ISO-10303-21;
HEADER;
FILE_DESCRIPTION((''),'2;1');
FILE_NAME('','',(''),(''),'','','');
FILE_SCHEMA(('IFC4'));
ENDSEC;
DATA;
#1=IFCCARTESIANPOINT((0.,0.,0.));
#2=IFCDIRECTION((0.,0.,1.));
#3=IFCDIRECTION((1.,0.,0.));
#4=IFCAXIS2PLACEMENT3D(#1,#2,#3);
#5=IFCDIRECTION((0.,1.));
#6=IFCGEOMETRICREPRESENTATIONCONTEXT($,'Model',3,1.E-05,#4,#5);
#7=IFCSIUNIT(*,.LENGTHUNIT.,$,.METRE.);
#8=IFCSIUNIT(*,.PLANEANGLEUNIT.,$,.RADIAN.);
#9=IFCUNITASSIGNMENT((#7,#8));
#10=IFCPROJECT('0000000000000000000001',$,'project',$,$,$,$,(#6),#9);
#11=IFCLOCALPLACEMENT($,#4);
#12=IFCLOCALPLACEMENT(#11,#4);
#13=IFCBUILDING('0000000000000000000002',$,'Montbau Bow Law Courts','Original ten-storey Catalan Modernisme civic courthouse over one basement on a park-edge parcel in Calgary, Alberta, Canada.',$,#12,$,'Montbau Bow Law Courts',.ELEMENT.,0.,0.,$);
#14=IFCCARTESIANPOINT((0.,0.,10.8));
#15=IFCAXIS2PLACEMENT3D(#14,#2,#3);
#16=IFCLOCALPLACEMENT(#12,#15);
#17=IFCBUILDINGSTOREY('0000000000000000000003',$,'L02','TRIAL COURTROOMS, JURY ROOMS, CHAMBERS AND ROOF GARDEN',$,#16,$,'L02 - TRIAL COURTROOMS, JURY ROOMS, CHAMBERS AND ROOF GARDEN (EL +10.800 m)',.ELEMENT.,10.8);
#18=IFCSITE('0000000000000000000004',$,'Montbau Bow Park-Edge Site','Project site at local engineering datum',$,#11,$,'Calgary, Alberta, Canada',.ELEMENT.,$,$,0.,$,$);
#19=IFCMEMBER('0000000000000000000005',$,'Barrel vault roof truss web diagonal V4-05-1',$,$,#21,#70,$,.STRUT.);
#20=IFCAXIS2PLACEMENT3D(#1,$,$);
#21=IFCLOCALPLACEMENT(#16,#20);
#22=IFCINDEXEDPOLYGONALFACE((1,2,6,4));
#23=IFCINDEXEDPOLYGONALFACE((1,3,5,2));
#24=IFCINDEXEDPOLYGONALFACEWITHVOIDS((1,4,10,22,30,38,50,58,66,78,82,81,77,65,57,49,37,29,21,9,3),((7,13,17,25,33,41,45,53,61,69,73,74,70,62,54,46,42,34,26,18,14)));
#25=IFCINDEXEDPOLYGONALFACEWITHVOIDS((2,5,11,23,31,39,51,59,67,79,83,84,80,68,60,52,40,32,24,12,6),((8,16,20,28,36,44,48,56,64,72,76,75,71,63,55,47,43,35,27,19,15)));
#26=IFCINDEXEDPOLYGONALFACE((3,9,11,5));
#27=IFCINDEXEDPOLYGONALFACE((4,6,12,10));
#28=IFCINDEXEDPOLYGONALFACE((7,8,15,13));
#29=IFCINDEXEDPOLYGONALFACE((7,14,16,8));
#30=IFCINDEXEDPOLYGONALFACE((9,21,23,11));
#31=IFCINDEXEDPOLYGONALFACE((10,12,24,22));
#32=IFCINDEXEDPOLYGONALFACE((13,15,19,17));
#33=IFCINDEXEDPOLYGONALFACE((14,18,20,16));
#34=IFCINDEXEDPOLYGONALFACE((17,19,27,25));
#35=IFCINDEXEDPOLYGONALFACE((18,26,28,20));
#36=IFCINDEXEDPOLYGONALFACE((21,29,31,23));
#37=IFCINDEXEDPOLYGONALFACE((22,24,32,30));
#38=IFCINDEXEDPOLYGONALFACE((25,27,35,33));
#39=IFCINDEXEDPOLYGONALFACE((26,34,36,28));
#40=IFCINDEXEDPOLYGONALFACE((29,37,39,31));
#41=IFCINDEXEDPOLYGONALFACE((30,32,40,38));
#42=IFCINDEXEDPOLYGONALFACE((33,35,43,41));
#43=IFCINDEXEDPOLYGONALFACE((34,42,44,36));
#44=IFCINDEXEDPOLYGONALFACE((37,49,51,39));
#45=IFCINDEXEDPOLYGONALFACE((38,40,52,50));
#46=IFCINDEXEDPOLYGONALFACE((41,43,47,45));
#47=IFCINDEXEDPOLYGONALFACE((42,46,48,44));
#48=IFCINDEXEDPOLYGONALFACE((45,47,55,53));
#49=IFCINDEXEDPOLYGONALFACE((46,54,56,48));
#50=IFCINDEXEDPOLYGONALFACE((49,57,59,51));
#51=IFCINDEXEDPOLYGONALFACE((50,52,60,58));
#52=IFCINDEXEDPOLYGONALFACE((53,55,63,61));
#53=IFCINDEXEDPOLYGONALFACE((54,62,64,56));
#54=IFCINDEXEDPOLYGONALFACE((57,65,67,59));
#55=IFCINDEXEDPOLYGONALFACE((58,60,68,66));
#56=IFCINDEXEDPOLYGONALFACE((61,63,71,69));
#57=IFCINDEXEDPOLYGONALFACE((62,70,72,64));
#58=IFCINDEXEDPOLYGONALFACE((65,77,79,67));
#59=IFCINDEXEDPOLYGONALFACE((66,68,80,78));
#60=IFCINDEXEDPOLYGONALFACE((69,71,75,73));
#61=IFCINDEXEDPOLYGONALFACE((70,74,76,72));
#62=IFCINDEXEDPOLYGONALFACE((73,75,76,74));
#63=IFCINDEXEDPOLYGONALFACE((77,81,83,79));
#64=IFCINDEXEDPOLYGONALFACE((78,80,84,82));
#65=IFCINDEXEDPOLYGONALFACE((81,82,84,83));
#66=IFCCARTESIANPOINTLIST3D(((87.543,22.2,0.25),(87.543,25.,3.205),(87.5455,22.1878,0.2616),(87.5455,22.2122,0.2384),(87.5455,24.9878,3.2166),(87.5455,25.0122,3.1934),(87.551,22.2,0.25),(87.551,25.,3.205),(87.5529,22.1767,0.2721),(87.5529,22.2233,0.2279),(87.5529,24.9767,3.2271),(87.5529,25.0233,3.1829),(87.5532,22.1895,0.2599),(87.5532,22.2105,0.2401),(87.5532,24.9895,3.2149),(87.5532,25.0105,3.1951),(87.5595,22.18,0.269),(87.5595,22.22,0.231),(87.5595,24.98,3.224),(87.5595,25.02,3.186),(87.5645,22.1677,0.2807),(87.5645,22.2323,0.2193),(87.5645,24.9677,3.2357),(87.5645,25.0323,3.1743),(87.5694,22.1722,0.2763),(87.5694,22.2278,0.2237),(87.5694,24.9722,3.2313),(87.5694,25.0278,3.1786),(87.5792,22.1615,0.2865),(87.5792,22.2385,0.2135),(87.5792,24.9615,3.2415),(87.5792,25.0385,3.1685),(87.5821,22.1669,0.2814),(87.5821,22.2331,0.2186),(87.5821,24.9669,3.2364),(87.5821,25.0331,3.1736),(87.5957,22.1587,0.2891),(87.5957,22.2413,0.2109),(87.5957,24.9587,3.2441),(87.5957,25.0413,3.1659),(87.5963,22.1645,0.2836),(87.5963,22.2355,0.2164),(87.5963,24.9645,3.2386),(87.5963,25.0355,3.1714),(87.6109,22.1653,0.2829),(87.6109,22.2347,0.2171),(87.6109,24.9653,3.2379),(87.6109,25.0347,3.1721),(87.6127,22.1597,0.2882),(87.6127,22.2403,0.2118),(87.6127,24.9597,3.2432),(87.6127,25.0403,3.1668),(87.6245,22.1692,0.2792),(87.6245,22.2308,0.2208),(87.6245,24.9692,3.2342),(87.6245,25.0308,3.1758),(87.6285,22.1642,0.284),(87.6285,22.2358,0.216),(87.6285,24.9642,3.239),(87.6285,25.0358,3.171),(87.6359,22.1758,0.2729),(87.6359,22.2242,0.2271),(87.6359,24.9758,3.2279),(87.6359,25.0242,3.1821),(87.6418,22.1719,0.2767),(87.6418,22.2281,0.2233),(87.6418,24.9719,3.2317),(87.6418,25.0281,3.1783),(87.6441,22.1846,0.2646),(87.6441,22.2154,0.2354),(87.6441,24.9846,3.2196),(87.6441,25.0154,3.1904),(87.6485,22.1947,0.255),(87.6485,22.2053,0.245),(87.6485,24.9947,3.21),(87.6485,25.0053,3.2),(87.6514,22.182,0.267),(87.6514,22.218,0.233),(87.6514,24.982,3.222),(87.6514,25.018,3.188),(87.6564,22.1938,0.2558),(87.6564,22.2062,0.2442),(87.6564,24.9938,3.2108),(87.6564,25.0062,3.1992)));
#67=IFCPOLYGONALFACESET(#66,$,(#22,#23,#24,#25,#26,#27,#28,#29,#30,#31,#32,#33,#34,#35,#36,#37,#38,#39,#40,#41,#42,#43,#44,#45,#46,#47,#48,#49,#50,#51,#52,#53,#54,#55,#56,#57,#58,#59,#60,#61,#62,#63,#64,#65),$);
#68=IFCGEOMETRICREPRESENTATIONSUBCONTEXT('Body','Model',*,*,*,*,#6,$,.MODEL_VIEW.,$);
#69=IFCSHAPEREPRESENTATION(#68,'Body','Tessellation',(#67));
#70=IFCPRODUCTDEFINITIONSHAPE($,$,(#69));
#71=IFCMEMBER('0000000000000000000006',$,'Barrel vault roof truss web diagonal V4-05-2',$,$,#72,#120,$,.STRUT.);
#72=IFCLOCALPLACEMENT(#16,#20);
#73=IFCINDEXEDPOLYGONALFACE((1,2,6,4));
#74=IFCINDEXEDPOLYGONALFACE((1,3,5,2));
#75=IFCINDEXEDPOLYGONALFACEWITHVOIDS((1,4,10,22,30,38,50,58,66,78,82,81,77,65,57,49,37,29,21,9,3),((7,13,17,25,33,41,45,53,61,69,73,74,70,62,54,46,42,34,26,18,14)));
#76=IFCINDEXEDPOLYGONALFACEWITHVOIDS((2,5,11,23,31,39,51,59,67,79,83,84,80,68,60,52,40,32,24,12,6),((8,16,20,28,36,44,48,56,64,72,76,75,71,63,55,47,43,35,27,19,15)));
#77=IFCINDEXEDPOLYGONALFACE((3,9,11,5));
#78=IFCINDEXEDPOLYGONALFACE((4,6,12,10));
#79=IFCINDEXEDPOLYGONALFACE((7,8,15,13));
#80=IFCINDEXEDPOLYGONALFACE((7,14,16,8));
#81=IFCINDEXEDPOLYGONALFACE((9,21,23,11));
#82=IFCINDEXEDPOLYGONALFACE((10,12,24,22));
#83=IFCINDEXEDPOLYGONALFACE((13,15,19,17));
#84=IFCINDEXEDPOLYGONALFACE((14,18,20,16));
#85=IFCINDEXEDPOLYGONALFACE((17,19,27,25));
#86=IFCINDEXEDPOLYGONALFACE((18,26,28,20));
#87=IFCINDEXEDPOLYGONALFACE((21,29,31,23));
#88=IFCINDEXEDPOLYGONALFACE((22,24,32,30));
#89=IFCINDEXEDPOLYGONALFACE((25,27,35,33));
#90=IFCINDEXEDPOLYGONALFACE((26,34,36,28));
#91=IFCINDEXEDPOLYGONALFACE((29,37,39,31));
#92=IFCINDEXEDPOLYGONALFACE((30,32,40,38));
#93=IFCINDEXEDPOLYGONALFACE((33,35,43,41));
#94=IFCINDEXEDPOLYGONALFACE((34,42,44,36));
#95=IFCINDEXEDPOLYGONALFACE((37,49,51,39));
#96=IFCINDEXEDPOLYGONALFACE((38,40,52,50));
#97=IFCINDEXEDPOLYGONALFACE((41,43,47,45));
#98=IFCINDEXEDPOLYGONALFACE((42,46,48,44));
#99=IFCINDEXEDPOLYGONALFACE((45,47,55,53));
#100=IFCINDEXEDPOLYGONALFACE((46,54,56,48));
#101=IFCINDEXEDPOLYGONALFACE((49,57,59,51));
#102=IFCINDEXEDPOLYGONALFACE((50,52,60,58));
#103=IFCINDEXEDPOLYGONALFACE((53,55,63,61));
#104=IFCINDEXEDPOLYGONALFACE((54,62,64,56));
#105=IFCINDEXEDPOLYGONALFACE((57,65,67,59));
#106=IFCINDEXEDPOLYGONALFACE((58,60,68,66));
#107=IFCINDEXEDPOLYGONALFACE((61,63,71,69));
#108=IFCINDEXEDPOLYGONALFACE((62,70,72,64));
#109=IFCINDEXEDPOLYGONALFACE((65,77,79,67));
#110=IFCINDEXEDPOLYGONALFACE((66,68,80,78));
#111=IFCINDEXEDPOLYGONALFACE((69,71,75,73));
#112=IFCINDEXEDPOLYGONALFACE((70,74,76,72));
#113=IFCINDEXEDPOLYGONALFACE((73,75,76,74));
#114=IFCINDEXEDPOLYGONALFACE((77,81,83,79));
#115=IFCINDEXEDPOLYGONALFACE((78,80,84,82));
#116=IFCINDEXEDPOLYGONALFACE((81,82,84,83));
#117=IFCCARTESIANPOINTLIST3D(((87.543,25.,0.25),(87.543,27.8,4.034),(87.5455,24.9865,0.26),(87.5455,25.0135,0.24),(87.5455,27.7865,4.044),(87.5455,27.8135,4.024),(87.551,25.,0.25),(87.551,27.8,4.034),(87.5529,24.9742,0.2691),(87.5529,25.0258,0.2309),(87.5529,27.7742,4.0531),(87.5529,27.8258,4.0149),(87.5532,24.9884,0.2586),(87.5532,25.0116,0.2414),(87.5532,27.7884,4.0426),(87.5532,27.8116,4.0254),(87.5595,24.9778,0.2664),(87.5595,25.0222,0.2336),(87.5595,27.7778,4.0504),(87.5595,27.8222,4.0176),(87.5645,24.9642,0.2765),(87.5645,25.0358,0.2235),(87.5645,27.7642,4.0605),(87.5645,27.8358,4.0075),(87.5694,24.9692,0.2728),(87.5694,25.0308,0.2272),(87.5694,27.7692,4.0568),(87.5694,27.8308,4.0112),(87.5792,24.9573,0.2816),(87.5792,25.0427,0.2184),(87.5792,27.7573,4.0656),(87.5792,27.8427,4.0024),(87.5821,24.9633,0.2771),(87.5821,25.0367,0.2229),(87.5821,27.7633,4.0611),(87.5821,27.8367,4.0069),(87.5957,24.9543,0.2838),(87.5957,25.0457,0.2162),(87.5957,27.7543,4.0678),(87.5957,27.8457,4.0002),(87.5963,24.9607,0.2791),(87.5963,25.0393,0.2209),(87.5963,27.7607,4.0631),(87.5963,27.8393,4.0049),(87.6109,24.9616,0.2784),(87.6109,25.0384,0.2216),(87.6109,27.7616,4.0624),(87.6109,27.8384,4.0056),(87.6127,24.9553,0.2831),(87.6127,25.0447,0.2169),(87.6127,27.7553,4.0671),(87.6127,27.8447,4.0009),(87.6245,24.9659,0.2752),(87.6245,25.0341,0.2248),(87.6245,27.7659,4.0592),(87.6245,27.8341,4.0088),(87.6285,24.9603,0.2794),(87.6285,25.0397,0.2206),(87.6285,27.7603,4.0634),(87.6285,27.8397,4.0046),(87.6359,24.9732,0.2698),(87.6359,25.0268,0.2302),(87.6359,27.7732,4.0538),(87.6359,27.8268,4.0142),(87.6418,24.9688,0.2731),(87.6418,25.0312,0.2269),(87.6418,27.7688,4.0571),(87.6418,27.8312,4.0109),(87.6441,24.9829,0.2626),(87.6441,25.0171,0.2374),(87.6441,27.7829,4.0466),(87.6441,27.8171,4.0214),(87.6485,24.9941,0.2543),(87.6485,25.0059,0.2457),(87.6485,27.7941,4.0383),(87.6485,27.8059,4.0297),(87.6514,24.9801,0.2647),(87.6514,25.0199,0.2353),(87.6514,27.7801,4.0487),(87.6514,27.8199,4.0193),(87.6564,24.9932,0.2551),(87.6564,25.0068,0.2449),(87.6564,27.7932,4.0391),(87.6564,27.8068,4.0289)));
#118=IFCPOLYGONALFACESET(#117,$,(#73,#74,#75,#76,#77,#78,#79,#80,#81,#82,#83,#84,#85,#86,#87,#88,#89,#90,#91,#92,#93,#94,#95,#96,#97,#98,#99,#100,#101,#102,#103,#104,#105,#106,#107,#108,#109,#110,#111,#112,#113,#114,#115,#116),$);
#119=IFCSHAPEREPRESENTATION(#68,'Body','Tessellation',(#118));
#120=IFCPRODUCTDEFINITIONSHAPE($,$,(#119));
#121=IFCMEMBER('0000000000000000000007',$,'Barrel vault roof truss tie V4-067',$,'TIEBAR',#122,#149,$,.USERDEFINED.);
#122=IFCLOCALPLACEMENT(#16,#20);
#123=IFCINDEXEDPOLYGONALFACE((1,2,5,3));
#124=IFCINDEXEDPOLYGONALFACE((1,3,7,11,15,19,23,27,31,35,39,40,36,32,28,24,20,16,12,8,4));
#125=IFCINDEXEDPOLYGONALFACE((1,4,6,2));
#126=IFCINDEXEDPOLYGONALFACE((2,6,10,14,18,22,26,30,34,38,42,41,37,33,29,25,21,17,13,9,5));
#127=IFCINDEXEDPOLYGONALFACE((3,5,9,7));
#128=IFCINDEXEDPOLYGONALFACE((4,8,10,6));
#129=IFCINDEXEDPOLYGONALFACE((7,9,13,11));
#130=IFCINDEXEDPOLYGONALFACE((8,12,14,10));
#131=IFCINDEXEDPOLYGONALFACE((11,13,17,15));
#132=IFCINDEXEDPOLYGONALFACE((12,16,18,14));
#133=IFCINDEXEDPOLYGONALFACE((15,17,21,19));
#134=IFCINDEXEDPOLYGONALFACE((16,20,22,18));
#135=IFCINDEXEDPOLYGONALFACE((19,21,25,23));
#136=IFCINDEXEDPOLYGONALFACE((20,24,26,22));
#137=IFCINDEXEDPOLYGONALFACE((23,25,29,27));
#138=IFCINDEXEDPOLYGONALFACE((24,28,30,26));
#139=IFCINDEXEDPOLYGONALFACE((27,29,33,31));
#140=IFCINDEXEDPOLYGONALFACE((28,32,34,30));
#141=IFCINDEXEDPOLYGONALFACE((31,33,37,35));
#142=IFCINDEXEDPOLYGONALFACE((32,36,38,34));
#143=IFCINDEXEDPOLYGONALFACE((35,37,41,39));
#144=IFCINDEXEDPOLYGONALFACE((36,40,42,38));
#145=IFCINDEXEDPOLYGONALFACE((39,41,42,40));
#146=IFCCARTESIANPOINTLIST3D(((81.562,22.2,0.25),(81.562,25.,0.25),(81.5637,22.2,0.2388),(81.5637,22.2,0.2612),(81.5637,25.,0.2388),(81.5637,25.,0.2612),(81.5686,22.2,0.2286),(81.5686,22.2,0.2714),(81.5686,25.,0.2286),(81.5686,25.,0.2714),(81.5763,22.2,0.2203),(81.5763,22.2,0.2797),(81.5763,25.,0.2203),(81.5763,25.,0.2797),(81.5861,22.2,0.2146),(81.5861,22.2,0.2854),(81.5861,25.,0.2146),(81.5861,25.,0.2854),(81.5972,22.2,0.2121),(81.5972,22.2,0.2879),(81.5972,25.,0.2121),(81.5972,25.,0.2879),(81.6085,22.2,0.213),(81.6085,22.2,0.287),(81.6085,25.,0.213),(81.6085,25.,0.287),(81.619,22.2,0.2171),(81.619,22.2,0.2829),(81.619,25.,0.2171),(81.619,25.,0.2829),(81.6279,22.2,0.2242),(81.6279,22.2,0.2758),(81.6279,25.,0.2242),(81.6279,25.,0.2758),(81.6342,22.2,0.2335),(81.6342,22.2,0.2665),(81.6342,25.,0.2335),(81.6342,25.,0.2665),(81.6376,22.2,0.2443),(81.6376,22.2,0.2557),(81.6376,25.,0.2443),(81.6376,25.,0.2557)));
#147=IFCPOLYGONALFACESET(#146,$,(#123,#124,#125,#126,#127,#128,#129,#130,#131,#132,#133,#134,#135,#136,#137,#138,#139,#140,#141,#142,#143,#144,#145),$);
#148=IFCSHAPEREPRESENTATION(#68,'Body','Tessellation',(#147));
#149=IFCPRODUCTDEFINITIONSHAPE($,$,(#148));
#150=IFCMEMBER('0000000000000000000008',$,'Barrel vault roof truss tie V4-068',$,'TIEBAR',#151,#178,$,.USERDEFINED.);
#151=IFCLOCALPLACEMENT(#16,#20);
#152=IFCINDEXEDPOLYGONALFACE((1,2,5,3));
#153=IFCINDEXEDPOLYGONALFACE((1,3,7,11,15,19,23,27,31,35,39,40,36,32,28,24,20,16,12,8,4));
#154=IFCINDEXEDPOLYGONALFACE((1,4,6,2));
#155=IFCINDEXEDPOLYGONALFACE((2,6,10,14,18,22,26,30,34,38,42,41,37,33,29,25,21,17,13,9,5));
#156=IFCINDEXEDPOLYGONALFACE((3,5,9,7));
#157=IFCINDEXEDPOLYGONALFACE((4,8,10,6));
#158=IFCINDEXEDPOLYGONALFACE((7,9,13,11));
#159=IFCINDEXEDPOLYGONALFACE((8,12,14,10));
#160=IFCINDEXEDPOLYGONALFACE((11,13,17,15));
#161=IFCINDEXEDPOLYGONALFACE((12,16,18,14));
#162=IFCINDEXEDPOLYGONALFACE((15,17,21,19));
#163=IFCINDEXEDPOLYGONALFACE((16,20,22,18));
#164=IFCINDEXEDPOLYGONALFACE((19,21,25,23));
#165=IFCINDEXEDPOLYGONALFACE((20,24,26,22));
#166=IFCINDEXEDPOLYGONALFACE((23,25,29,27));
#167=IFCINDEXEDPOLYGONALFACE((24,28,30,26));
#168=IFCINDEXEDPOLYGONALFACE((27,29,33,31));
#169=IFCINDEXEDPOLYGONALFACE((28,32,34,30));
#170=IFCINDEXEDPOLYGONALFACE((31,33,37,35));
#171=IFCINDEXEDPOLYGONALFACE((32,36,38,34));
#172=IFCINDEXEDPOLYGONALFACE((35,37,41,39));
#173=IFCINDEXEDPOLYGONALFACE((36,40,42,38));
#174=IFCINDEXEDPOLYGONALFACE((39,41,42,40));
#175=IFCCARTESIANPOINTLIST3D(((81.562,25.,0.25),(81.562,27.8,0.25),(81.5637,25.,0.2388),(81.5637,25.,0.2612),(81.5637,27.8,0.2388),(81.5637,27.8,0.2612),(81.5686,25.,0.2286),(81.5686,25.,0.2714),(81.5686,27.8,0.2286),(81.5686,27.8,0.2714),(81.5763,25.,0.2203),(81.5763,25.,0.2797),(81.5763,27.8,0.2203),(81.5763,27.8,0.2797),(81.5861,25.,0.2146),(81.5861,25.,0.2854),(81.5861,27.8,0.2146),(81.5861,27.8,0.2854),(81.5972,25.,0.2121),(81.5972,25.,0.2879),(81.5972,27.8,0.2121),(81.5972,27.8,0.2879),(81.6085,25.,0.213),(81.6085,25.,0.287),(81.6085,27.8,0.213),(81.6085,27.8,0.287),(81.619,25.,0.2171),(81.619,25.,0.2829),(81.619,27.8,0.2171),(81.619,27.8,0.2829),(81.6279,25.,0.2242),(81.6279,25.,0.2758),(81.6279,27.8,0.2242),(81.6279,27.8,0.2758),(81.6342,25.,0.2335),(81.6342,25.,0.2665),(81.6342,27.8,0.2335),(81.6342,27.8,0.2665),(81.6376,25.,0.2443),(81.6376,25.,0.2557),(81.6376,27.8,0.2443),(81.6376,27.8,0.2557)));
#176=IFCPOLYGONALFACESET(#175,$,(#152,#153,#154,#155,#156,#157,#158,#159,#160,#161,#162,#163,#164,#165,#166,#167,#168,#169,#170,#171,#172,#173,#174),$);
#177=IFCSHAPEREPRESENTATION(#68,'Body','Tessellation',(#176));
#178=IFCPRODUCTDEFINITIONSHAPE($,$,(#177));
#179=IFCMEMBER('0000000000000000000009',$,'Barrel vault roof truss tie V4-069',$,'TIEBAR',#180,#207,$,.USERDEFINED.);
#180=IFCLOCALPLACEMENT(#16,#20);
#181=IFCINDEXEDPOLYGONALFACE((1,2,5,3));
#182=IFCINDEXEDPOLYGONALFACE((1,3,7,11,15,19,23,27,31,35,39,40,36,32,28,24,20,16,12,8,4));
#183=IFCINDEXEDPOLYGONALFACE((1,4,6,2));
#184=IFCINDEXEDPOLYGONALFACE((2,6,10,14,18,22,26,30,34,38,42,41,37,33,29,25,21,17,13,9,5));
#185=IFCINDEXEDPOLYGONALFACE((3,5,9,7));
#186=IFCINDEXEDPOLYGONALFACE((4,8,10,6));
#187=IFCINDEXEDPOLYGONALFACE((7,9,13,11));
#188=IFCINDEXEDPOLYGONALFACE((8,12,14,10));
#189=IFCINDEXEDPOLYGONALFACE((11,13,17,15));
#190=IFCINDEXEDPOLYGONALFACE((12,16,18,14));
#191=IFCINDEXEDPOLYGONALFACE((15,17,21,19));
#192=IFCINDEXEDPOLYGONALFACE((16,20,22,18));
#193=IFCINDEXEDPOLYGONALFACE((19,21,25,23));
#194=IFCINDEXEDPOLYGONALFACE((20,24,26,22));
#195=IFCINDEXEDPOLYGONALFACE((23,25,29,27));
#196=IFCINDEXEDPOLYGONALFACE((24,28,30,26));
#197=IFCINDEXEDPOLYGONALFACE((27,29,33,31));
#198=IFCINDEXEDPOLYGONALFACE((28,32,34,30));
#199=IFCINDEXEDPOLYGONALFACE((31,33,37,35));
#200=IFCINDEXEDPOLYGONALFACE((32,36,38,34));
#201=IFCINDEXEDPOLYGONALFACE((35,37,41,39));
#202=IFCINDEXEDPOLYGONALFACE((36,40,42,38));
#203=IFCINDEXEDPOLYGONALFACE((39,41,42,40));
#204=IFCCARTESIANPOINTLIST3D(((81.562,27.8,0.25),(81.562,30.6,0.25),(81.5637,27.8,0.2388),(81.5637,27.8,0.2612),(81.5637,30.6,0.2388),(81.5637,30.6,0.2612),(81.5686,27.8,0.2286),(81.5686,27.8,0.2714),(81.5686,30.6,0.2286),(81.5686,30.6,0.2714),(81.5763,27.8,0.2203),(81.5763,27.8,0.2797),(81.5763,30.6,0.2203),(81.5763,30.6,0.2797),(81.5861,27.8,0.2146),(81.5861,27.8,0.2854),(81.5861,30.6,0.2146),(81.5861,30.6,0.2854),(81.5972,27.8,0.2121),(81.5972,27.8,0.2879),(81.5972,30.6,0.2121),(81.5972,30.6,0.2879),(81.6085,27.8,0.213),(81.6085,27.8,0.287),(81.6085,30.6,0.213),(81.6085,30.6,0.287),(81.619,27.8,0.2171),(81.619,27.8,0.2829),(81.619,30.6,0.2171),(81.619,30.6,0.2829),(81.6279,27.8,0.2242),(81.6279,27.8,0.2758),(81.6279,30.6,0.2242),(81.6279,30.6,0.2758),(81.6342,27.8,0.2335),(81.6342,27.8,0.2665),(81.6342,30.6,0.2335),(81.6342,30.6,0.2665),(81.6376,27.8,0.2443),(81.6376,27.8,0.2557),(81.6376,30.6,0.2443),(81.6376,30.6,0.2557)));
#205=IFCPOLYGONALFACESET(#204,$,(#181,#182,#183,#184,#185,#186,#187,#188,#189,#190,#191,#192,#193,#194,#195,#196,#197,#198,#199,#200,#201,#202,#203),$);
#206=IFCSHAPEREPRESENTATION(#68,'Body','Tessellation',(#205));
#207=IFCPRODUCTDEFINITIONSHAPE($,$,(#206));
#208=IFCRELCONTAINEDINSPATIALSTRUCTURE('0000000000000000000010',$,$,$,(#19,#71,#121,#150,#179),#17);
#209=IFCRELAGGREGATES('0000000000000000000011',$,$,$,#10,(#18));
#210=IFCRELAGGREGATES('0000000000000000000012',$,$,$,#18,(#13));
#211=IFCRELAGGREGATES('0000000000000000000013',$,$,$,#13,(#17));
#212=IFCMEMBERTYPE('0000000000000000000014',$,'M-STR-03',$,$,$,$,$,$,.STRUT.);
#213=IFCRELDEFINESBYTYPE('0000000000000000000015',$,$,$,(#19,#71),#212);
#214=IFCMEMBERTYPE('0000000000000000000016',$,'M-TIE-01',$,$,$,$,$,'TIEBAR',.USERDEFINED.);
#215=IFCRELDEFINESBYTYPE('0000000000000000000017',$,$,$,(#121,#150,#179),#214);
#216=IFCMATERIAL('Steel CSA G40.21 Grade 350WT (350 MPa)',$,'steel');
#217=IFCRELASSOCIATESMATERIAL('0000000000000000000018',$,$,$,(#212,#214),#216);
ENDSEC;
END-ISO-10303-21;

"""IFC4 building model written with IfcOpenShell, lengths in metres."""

from ifc_helpers import new_model, si_unit, direction, frame, origin_with_axes, origin_2d_with_axis, place, context, subcontext, project, spatial, circle, hollow_circle, extrude, material, material_profile, profile_set, type_object, element, save


model = new_model("IFC4")

# Units and contexts
model_context = context("Model", 3, precision=1e-05, world=origin_with_axes(), true_north=direction((0.0, 1.0)))
body_context = subcontext(model_context, "Body", "Model", "MODEL_VIEW")
ifc_project = project(units=[si_unit("LENGTHUNIT", "METRE"), si_unit("PLANEANGLEUNIT", "RADIAN")], contexts=[model_context])

# Site, building, storey
site_placement = place(None, origin_with_axes())
site = spatial("IfcSite", under=ifc_project, at=site_placement, Name="Montbau Bow Park-Edge Site", Description="Project site at local engineering datum", LongName="Calgary, Alberta, Canada", CompositionType="ELEMENT", RefElevation=0.0)
building_placement = place(site_placement, origin_with_axes())
building = spatial("IfcBuilding", under=site, at=building_placement, Name="Montbau Bow Law Courts", Description="Original ten-storey Catalan Modernisme civic courthouse over one basement on a park-edge parcel in Calgary, Alberta, Canada.", LongName="Montbau Bow Law Courts", CompositionType="ELEMENT", ElevationOfRefHeight=0.0, ElevationOfTerrain=0.0)
storey_placement = place(building_placement, frame((0.0, 0.0, 10.8), z_axis=(0.0, 0.0, 1.0), x_axis=(1.0, 0.0, 0.0)))
storey = spatial("IfcBuildingStorey", under=building, at=storey_placement, Name="L02", Description="TRIAL COURTROOMS, JURY ROOMS, CHAMBERS AND ROOF GARDEN", LongName="L02 - TRIAL COURTROOMS, JURY ROOMS, CHAMBERS AND ROOF GARDEN (EL +10.800 m)", CompositionType="ELEMENT", Elevation=10.8)

# Shared definitions
ifc_material_1 = material(Name="Steel CSA G40.21 Grade 350WT (350 MPa)", Category="steel")

# Members
ifc_material_profile_1 = material_profile(ifc_material_1, hollow_circle(Radius=0.057, WallThickness=0.008, at=origin_2d_with_axis()), Name="HSS114X8.0", Category="Main", Priority=0)
ifc_profile_set_1 = profile_set([ifc_material_profile_1], Name="Steel CSA G40.21 Grade 350WT (350 MPa)")
member_type_1 = type_object("IfcMemberType", Name="M-STR-03", PredefinedType="STRUT", material=ifc_profile_set_1)
member_1_placement = place(None, frame((87.6, 22.2, 11.05), z_axis=(0.0, 0.687813, 0.725888), x_axis=(-1.0, 0.0, 0.0)))
element("IfcMember", 1, at=member_1_placement, inside=storey, type_object=member_type_1, Name="Barrel vault roof truss web diagonal V4-05-1", PredefinedType="STRUT", context=body_context, shape_type="SweptSolid", body=[
    extrude(hollow_circle(Radius=0.057, WallThickness=0.008, at=origin_2d_with_axis()), origin_with_axes(), (0.0, 0.0, 1.0), 4.0709),
])
member_2_placement = place(None, frame((87.6, 25.0, 11.05), z_axis=(0.0, 0.594821, 0.803858), x_axis=(-1.0, 0.0, 0.0)))
element("IfcMember", 2, at=member_2_placement, inside=storey, type_object=member_type_1, Name="Barrel vault roof truss web diagonal V4-05-2", PredefinedType="STRUT", context=body_context, shape_type="SweptSolid", body=[
    extrude(hollow_circle(Radius=0.057, WallThickness=0.008, at=origin_2d_with_axis()), origin_with_axes(), (0.0, 0.0, 1.0), 4.7073),
])
ifc_material_profile_2 = material_profile(ifc_material_1, circle(Radius=0.038, at=origin_2d_with_axis()), Name="ROD76", Category="Main", Priority=0)
ifc_profile_set_2 = profile_set([ifc_material_profile_2], Name="Steel CSA G40.21 Grade 350WT (350 MPa)")
member_type_2 = type_object("IfcMemberType", Name="M-TIE-01", ElementType="TIEBAR", PredefinedType="USERDEFINED", material=ifc_profile_set_2)
for number, where, z_axis, x_axis, name in (
    (3, (81.6, 22.2, 11.05), (0.0, 1.0, 0.0), (-1.0, 0.0, 0.0), "Barrel vault roof truss tie V4-067"),
    (4, (81.6, 25.0, 11.05), (0.0, 1.0, 0.0), (-1.0, 0.0, 0.0), "Barrel vault roof truss tie V4-068"),
    (5, (81.6, 27.8, 11.05), (0.0, 1.0, 0.0), (-1.0, 0.0, 0.0), "Barrel vault roof truss tie V4-069"),
):
    element("IfcMember", number, at=place(None, frame(where, z_axis=z_axis, x_axis=x_axis)), inside=storey, type_object=member_type_2, Name=name, ObjectType="TIEBAR", PredefinedType="USERDEFINED", context=body_context, shape_type="SweptSolid", body=[
        extrude(circle(Radius=0.038, at=origin_2d_with_axis()), origin_with_axes(), (0.0, 0.0, 1.0), 2.8),
    ])

save(model, "model.ifc")
